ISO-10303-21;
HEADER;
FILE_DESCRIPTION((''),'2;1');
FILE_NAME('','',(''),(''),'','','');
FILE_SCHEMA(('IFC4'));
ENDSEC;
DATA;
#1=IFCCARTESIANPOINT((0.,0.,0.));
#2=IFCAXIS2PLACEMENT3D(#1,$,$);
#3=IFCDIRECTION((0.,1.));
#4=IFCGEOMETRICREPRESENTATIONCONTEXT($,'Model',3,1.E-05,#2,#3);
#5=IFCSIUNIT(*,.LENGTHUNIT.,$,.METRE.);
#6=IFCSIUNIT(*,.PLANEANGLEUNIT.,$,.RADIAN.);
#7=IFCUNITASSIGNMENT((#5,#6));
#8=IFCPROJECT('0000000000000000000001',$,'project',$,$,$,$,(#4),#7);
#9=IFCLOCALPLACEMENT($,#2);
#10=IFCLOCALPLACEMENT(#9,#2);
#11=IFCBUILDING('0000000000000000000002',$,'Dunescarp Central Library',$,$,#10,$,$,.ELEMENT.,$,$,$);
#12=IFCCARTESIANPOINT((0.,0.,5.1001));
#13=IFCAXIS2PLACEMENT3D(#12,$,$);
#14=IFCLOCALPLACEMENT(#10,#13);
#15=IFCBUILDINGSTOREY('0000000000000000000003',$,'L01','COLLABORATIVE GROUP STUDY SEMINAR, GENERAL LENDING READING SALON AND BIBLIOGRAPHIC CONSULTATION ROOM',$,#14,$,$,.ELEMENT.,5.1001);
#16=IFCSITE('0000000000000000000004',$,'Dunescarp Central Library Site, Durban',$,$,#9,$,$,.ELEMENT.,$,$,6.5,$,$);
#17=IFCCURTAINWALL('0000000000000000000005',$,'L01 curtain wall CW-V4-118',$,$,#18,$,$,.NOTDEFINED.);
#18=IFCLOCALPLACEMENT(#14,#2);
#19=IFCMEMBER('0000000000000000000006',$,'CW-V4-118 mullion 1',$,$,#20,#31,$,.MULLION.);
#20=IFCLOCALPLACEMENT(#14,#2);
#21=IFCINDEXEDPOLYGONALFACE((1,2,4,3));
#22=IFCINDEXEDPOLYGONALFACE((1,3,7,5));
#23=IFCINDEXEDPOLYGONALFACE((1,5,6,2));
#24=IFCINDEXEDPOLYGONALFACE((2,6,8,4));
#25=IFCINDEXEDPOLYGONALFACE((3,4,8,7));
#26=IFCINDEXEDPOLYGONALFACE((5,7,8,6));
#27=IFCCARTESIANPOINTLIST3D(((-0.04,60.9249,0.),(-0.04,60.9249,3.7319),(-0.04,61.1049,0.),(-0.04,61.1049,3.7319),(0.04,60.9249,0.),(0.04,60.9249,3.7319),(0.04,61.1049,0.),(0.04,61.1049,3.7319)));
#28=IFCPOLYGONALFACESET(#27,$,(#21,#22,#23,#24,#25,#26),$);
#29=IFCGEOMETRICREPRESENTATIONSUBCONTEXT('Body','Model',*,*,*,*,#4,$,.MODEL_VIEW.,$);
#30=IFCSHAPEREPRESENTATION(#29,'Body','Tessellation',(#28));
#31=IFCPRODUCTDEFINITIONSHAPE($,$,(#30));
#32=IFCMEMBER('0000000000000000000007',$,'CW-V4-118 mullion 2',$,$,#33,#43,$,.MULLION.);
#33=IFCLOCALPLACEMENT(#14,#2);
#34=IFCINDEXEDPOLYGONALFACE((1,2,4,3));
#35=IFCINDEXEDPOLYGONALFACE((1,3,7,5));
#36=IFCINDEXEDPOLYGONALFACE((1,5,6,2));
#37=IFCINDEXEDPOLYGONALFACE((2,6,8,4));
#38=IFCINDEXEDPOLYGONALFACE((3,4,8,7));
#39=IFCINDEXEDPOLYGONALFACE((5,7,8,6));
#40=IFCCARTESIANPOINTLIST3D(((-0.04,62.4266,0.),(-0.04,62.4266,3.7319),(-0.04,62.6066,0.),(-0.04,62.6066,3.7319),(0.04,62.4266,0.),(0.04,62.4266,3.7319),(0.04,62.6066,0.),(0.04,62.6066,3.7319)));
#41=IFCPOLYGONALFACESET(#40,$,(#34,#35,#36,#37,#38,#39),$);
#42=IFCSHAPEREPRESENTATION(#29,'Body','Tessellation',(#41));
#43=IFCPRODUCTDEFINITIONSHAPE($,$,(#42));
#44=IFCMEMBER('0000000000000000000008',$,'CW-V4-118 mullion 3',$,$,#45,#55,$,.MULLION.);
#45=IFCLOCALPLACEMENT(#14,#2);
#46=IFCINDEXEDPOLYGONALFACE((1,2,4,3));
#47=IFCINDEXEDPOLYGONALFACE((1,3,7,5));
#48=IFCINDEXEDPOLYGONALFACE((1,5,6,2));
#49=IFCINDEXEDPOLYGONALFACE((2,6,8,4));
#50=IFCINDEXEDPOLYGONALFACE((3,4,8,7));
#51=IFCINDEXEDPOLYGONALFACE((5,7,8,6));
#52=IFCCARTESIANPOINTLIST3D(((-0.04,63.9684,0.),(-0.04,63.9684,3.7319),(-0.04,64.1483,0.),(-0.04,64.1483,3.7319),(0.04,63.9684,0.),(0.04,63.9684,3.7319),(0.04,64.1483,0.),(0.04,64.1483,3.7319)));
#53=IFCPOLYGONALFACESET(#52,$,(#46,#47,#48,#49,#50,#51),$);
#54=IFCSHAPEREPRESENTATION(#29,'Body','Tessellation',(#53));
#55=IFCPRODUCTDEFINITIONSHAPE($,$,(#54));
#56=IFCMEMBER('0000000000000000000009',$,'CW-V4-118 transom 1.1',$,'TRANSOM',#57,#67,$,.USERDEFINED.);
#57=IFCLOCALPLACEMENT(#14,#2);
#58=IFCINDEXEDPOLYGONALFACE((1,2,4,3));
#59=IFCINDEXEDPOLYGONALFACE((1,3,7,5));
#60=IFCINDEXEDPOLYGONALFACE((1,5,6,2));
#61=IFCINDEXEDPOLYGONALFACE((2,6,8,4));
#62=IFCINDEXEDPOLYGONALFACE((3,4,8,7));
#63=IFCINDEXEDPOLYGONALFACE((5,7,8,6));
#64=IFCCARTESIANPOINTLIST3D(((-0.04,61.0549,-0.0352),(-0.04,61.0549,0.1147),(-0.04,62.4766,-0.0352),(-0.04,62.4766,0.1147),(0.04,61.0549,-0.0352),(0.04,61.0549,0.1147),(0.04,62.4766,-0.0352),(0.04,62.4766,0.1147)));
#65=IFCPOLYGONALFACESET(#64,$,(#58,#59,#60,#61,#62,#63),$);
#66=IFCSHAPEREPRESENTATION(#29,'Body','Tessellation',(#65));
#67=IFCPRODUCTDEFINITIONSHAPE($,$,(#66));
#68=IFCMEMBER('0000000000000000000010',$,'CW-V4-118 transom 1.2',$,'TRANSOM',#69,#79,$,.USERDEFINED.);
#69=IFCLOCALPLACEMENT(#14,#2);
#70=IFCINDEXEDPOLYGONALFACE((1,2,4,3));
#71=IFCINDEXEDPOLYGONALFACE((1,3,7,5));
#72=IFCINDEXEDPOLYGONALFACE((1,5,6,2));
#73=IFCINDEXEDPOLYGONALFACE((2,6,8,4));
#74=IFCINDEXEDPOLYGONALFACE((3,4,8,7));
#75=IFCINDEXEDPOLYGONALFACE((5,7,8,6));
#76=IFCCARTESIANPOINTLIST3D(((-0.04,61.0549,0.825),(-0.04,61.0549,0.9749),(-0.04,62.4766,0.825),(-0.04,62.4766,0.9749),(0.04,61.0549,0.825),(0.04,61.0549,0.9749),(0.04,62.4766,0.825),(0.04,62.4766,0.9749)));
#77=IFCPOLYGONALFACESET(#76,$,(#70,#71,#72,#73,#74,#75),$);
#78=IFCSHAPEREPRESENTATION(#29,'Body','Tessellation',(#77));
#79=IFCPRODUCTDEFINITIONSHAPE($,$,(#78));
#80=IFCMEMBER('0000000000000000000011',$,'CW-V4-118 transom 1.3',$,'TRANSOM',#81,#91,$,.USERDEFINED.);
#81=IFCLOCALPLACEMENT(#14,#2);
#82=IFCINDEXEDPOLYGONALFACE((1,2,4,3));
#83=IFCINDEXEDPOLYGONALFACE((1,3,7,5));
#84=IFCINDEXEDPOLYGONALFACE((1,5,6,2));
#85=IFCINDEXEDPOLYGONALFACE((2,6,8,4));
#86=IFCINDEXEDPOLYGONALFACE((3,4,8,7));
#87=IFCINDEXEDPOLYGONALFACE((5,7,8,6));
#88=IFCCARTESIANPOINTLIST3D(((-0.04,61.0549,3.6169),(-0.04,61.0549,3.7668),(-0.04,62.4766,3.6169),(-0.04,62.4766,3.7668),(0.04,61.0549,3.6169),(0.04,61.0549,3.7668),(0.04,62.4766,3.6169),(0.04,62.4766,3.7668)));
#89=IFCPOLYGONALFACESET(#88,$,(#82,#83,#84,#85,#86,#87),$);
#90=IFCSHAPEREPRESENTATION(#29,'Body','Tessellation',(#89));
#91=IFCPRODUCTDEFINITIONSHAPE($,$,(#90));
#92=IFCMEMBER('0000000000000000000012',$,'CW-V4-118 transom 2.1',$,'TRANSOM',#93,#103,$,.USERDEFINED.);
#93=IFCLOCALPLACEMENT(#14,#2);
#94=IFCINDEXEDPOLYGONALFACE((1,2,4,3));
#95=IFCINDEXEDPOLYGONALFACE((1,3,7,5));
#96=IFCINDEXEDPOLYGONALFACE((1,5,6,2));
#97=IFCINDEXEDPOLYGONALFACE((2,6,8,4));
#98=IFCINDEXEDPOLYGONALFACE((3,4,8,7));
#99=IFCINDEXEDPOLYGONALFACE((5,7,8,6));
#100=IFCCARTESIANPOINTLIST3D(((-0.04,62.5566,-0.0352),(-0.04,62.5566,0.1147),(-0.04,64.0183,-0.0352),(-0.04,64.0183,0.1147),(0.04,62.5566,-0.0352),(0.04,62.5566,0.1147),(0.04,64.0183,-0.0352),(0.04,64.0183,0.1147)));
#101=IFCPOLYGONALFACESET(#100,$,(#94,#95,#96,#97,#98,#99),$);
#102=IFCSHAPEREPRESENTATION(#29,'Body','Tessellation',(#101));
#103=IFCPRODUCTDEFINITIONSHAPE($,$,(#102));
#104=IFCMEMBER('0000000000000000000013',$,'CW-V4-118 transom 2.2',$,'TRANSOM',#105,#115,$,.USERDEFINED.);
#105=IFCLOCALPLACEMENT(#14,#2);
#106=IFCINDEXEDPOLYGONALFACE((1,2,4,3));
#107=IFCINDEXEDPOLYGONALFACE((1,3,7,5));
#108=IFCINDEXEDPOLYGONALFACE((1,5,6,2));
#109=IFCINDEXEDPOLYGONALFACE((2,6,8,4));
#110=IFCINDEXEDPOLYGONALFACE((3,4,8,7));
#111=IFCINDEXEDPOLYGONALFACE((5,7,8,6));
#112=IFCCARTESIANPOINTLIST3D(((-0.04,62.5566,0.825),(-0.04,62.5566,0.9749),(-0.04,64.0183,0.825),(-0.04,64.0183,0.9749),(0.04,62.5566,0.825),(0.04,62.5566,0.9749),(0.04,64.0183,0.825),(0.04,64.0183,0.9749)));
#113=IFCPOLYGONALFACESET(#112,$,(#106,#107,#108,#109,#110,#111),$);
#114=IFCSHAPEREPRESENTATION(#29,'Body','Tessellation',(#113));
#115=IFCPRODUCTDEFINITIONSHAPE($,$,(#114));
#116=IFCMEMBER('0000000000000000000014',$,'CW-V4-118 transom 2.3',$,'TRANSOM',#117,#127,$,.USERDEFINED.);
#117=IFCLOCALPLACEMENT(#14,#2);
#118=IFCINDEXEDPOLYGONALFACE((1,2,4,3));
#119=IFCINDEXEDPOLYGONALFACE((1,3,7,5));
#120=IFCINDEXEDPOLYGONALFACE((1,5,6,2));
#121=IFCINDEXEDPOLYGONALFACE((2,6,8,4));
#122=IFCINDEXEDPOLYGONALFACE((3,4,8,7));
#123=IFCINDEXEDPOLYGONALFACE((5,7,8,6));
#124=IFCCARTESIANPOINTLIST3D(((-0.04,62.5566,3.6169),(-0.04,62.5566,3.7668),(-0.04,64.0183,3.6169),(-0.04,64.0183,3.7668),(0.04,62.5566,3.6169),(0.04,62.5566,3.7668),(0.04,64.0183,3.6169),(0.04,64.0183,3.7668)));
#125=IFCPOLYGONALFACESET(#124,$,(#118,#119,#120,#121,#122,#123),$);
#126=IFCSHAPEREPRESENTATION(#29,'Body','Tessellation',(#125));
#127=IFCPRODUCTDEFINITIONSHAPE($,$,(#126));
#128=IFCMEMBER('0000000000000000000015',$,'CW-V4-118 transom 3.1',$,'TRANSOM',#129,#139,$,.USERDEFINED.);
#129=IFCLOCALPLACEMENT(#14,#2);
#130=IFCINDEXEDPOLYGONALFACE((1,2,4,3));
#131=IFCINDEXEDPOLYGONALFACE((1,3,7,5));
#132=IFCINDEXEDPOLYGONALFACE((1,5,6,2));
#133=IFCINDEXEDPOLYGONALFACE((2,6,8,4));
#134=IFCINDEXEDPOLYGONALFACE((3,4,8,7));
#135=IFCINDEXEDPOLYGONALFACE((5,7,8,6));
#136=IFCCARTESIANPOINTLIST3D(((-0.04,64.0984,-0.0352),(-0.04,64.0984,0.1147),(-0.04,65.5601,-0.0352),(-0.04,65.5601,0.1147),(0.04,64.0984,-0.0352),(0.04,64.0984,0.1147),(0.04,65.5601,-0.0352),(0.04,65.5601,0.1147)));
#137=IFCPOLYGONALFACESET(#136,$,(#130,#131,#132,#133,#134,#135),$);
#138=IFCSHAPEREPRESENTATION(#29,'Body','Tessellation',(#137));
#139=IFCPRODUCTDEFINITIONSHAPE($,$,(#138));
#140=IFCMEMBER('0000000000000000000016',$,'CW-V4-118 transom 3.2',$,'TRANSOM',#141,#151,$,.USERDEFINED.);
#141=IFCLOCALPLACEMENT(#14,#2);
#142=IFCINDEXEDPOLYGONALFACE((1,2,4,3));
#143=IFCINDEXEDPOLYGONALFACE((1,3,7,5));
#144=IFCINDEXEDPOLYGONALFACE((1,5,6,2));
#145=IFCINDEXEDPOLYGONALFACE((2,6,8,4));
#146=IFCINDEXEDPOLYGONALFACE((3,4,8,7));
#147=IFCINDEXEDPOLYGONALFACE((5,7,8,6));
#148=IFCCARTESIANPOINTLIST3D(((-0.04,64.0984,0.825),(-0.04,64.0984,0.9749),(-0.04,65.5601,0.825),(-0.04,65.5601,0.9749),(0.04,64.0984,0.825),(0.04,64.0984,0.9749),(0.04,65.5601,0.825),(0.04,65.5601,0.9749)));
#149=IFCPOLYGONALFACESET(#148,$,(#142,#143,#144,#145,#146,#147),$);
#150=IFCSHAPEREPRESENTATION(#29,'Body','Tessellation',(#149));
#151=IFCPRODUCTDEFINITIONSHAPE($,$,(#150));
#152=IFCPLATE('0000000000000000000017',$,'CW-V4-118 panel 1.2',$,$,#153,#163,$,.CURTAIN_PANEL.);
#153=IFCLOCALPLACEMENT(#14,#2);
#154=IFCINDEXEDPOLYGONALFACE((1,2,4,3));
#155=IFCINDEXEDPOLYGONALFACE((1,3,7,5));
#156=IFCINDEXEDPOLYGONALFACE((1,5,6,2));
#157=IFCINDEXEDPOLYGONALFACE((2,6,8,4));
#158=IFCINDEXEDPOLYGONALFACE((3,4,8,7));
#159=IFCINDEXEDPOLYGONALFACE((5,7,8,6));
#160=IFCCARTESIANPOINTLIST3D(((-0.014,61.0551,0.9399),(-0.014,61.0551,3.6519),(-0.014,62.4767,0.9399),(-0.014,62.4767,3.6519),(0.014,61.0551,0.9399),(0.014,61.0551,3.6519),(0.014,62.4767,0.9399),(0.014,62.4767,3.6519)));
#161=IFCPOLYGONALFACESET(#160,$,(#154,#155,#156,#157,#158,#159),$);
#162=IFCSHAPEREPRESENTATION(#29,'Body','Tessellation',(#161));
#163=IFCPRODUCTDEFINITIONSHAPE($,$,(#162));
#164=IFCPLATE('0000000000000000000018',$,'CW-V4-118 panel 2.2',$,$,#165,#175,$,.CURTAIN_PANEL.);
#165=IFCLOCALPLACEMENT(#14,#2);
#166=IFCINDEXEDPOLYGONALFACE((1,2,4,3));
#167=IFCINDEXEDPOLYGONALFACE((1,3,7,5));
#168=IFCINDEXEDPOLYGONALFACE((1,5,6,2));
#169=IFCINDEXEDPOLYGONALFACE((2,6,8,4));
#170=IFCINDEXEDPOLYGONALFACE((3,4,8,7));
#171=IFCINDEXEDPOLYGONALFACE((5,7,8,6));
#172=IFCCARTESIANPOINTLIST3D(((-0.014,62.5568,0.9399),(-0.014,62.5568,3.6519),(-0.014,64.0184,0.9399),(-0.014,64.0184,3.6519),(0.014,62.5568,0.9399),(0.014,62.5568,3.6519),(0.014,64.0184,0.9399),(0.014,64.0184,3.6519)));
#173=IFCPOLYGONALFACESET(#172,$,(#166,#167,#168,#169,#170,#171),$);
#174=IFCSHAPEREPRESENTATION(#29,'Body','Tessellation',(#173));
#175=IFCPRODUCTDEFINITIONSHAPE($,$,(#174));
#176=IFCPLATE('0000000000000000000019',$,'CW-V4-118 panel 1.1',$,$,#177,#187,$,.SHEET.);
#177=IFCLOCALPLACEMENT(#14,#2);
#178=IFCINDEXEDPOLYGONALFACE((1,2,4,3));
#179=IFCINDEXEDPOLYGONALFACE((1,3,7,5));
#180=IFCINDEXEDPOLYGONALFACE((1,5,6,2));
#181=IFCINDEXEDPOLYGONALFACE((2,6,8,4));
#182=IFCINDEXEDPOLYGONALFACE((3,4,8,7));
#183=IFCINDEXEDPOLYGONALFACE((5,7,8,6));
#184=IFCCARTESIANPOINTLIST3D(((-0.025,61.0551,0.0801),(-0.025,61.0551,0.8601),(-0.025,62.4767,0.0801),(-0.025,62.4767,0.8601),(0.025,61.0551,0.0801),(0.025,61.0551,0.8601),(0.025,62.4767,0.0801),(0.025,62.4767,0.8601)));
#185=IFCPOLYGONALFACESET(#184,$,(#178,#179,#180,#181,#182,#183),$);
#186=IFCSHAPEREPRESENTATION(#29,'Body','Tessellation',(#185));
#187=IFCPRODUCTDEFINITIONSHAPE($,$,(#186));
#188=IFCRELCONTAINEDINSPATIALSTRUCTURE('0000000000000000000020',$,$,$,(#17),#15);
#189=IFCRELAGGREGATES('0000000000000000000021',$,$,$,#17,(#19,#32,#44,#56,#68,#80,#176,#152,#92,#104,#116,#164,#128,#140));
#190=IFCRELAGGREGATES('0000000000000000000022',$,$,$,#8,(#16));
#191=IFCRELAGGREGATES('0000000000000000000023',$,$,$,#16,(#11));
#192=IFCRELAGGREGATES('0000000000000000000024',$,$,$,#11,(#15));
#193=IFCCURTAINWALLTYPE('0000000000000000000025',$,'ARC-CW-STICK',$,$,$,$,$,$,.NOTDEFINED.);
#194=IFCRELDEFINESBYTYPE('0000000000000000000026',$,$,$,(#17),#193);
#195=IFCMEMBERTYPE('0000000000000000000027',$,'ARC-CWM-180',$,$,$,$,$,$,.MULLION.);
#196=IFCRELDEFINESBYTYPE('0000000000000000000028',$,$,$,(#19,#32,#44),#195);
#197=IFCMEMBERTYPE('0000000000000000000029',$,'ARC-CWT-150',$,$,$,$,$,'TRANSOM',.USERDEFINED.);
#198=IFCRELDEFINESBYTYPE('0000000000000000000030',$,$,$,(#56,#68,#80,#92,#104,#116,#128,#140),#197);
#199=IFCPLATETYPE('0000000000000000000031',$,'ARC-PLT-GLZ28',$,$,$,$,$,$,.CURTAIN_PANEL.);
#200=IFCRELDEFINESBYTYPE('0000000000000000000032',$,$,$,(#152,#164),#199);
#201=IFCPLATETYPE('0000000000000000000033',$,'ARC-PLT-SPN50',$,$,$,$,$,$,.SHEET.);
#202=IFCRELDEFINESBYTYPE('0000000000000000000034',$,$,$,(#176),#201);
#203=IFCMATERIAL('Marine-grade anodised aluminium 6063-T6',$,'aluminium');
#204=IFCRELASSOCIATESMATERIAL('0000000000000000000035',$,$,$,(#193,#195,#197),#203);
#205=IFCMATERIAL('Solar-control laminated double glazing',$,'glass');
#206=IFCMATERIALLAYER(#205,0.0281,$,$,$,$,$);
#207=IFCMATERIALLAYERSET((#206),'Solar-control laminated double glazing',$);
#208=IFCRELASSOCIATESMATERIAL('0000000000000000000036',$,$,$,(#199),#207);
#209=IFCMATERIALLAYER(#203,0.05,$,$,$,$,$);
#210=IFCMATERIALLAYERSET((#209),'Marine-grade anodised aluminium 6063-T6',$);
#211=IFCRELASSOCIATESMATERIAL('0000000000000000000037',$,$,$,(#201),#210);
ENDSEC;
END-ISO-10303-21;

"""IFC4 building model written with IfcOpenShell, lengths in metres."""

from ifc_helpers import new_model, si_unit, direction, frame, origin, origin_2d, place, context, subcontext, project, spatial, rectangle, extrude, material, layer, layer_set, material_profile, profile_set, type_object, element, aggregate, save


model = new_model("IFC4")

# Units and contexts
model_context = context("Model", 3, precision=1e-05, world=origin(), true_north=direction((0.0, 1.0)))
body_context = subcontext(model_context, "Body", "Model", "MODEL_VIEW")
ifc_project = project(units=[si_unit("LENGTHUNIT", "METRE"), si_unit("PLANEANGLEUNIT", "RADIAN")], contexts=[model_context])

# Site, building, storey
site_placement = place(None, origin())
site = spatial("IfcSite", under=ifc_project, at=site_placement, Name="Dunescarp Central Library Site, Durban", CompositionType="ELEMENT", RefElevation=6.5)
building_placement = place(site_placement, origin())
building = spatial("IfcBuilding", under=site, at=building_placement, Name="Dunescarp Central Library", CompositionType="ELEMENT")
storey_placement = place(building_placement, frame((0.0, 0.0, 5.1001)))
storey = spatial("IfcBuildingStorey", under=building, at=storey_placement, Name="L01", Description="COLLABORATIVE GROUP STUDY SEMINAR, GENERAL LENDING READING SALON AND BIBLIOGRAPHIC CONSULTATION ROOM", CompositionType="ELEMENT", Elevation=5.1001)

# Curtain wall, members, plates
ifc_material_1 = material(Name="Marine-grade anodised aluminium 6063-T6", Category="aluminium")
curtain_wall_type = type_object("IfcCurtainWallType", Name="ARC-CW-STICK", PredefinedType="NOTDEFINED", material=ifc_material_1)
curtain_wall_placement = place(storey_placement, origin())
curtain_wall = element("IfcCurtainWall", 1, at=curtain_wall_placement, inside=storey, type_object=curtain_wall_type, Name="L01 curtain wall CW-V4-118", PredefinedType="NOTDEFINED")
ifc_material_profile_1 = material_profile(ifc_material_1, rectangle(XDim=0.0801, YDim=0.1799, at=origin_2d()), Name="AL 80x180")
ifc_profile_set_1 = profile_set([ifc_material_profile_1], Name="Marine-grade anodised aluminium 6063-T6")
member_type_1 = type_object("IfcMemberType", Name="ARC-CWM-180", PredefinedType="MULLION", material=ifc_profile_set_1)
member_1_placement = place(storey_placement, frame((0.0, 61.0149, 0.0), z_axis=(0.0, 0.0, 1.0), x_axis=(-1.0, 0.0, 0.0)))
member_1 = element("IfcMember", 2, at=member_1_placement, type_object=member_type_1, Name="CW-V4-118 mullion 1", PredefinedType="MULLION", context=body_context, shape_type="SweptSolid", body=[
    extrude(rectangle(XDim=0.0801, YDim=0.1799, at=origin_2d()), origin(), (0.0, 0.0, 1.0), 3.7319),
])
member_2_placement = place(storey_placement, frame((0.0, 62.5166, 0.0), z_axis=(0.0, 0.0, 1.0), x_axis=(-1.0, 0.0, 0.0)))
member_2 = element("IfcMember", 3, at=member_2_placement, type_object=member_type_1, Name="CW-V4-118 mullion 2", PredefinedType="MULLION", context=body_context, shape_type="SweptSolid", body=[
    extrude(rectangle(XDim=0.0801, YDim=0.1799, at=origin_2d()), origin(), (0.0, 0.0, 1.0), 3.7319),
])
member_3_placement = place(storey_placement, frame((0.0, 64.0583, 0.0), z_axis=(0.0, 0.0, 1.0), x_axis=(-1.0, 0.0, 0.0)))
member_3 = element("IfcMember", 4, at=member_3_placement, type_object=member_type_1, Name="CW-V4-118 mullion 3", PredefinedType="MULLION", context=body_context, shape_type="SweptSolid", body=[
    extrude(rectangle(XDim=0.0801, YDim=0.1799, at=origin_2d()), origin(), (0.0, 0.0, 1.0), 3.7319),
])
ifc_material_profile_2 = material_profile(ifc_material_1, rectangle(XDim=0.0801, YDim=0.1499, at=origin_2d()), Name="AL 80x150")
ifc_profile_set_2 = profile_set([ifc_material_profile_2], Name="Marine-grade anodised aluminium 6063-T6")
member_type_2 = type_object("IfcMemberType", Name="ARC-CWT-150", ElementType="TRANSOM", PredefinedType="USERDEFINED", material=ifc_profile_set_2)
member_4_placement = place(storey_placement, frame((0.0, 61.0549, 0.0398), z_axis=(0.0, 1.0, 0.0), x_axis=(-1.0, 0.0, 0.0)))
member_4 = element("IfcMember", 5, at=member_4_placement, type_object=member_type_2, Name="CW-V4-118 transom 1.1", ObjectType="TRANSOM", PredefinedType="USERDEFINED", context=body_context, shape_type="SweptSolid", body=[
    extrude(rectangle(XDim=0.0801, YDim=0.1499, at=origin_2d()), origin(), (0.0, 0.0, 1.0), 1.4216),
])
member_5_placement = place(storey_placement, frame((0.0, 61.0549, 0.8999), z_axis=(0.0, 1.0, 0.0), x_axis=(-1.0, 0.0, 0.0)))
member_5 = element("IfcMember", 6, at=member_5_placement, type_object=member_type_2, Name="CW-V4-118 transom 1.2", ObjectType="TRANSOM", PredefinedType="USERDEFINED", context=body_context, shape_type="SweptSolid", body=[
    extrude(rectangle(XDim=0.0801, YDim=0.1499, at=origin_2d()), origin(), (0.0, 0.0, 1.0), 1.4216),
])
member_6_placement = place(storey_placement, frame((0.0, 61.0549, 3.6919), z_axis=(0.0, 1.0, 0.0), x_axis=(-1.0, 0.0, 0.0)))
member_6 = element("IfcMember", 7, at=member_6_placement, type_object=member_type_2, Name="CW-V4-118 transom 1.3", ObjectType="TRANSOM", PredefinedType="USERDEFINED", context=body_context, shape_type="SweptSolid", body=[
    extrude(rectangle(XDim=0.0801, YDim=0.1499, at=origin_2d()), origin(), (0.0, 0.0, 1.0), 1.4216),
])
member_7_placement = place(storey_placement, frame((0.0, 62.5566, 0.0398), z_axis=(0.0, 1.0, 0.0), x_axis=(-1.0, 0.0, 0.0)))
member_7 = element("IfcMember", 8, at=member_7_placement, type_object=member_type_2, Name="CW-V4-118 transom 2.1", ObjectType="TRANSOM", PredefinedType="USERDEFINED", context=body_context, shape_type="SweptSolid", body=[
    extrude(rectangle(XDim=0.0801, YDim=0.1499, at=origin_2d()), origin(), (0.0, 0.0, 1.0), 1.4617),
])
member_8_placement = place(storey_placement, frame((0.0, 62.5566, 0.8999), z_axis=(0.0, 1.0, 0.0), x_axis=(-1.0, 0.0, 0.0)))
member_8 = element("IfcMember", 9, at=member_8_placement, type_object=member_type_2, Name="CW-V4-118 transom 2.2", ObjectType="TRANSOM", PredefinedType="USERDEFINED", context=body_context, shape_type="SweptSolid", body=[
    extrude(rectangle(XDim=0.0801, YDim=0.1499, at=origin_2d()), origin(), (0.0, 0.0, 1.0), 1.4617),
])
member_9_placement = place(storey_placement, frame((0.0, 62.5566, 3.6919), z_axis=(0.0, 1.0, 0.0), x_axis=(-1.0, 0.0, 0.0)))
member_9 = element("IfcMember", 10, at=member_9_placement, type_object=member_type_2, Name="CW-V4-118 transom 2.3", ObjectType="TRANSOM", PredefinedType="USERDEFINED", context=body_context, shape_type="SweptSolid", body=[
    extrude(rectangle(XDim=0.0801, YDim=0.1499, at=origin_2d()), origin(), (0.0, 0.0, 1.0), 1.4617),
])
member_10_placement = place(storey_placement, frame((0.0, 64.0984, 0.0398), z_axis=(0.0, 1.0, 0.0), x_axis=(-1.0, 0.0, 0.0)))
member_10 = element("IfcMember", 11, at=member_10_placement, type_object=member_type_2, Name="CW-V4-118 transom 3.1", ObjectType="TRANSOM", PredefinedType="USERDEFINED", context=body_context, shape_type="SweptSolid", body=[
    extrude(rectangle(XDim=0.0801, YDim=0.1499, at=origin_2d()), origin(), (0.0, 0.0, 1.0), 1.4617),
])
member_11_placement = place(storey_placement, frame((0.0, 64.0984, 0.8999), z_axis=(0.0, 1.0, 0.0), x_axis=(-1.0, 0.0, 0.0)))
member_11 = element("IfcMember", 12, at=member_11_placement, type_object=member_type_2, Name="CW-V4-118 transom 3.2", ObjectType="TRANSOM", PredefinedType="USERDEFINED", context=body_context, shape_type="SweptSolid", body=[
    extrude(rectangle(XDim=0.0801, YDim=0.1499, at=origin_2d()), origin(), (0.0, 0.0, 1.0), 1.4617),
])
ifc_material_2 = material(Name="Solar-control laminated double glazing", Category="glass")
ifc_layer_1 = layer(ifc_material_2, 0.0281)
ifc_layer_set_1 = layer_set([ifc_layer_1], Name="Solar-control laminated double glazing")
plate_type_1 = type_object("IfcPlateType", Name="ARC-PLT-GLZ28", PredefinedType="CURTAIN_PANEL", material=ifc_layer_set_1)
plate_1_placement = place(storey_placement, frame((0.0, 61.7659, 0.9399), z_axis=(0.0, 0.0, 1.0), x_axis=(0.0, 1.0, 0.0)))
plate_1 = element("IfcPlate", 13, at=plate_1_placement, type_object=plate_type_1, Name="CW-V4-118 panel 1.2", PredefinedType="CURTAIN_PANEL", context=body_context, shape_type="SweptSolid", body=[
    extrude(rectangle(XDim=1.4216, YDim=0.0281, at=origin_2d()), origin(), (0.0, 0.0, 1.0), 2.7119),
])
plate_2_placement = place(storey_placement, frame((0.0, 63.2876, 0.9399), z_axis=(0.0, 0.0, 1.0), x_axis=(0.0, 1.0, 0.0)))
plate_2 = element("IfcPlate", 14, at=plate_2_placement, type_object=plate_type_1, Name="CW-V4-118 panel 2.2", PredefinedType="CURTAIN_PANEL", context=body_context, shape_type="SweptSolid", body=[
    extrude(rectangle(XDim=1.4617, YDim=0.0281, at=origin_2d()), origin(), (0.0, 0.0, 1.0), 2.7119),
])
ifc_layer_2 = layer(ifc_material_1, 0.05)
ifc_layer_set_2 = layer_set([ifc_layer_2], Name="Marine-grade anodised aluminium 6063-T6")
plate_type_2 = type_object("IfcPlateType", Name="ARC-PLT-SPN50", PredefinedType="SHEET", material=ifc_layer_set_2)
plate_3_placement = place(storey_placement, frame((0.0, 61.7659, 0.0801), z_axis=(0.0, 0.0, 1.0), x_axis=(0.0, 1.0, 0.0)))
plate_3 = element("IfcPlate", 15, at=plate_3_placement, type_object=plate_type_2, Name="CW-V4-118 panel 1.1", PredefinedType="SHEET", context=body_context, shape_type="SweptSolid", body=[
    extrude(rectangle(XDim=1.4216, YDim=0.05, at=origin_2d()), origin(), (0.0, 0.0, 1.0), 0.78),
])
aggregate(curtain_wall, [member_1, member_2, member_3, member_4, member_5, member_6, plate_3, plate_1, member_7, member_8, member_9, plate_2, member_10, member_11])

save(model, "model.ifc")
